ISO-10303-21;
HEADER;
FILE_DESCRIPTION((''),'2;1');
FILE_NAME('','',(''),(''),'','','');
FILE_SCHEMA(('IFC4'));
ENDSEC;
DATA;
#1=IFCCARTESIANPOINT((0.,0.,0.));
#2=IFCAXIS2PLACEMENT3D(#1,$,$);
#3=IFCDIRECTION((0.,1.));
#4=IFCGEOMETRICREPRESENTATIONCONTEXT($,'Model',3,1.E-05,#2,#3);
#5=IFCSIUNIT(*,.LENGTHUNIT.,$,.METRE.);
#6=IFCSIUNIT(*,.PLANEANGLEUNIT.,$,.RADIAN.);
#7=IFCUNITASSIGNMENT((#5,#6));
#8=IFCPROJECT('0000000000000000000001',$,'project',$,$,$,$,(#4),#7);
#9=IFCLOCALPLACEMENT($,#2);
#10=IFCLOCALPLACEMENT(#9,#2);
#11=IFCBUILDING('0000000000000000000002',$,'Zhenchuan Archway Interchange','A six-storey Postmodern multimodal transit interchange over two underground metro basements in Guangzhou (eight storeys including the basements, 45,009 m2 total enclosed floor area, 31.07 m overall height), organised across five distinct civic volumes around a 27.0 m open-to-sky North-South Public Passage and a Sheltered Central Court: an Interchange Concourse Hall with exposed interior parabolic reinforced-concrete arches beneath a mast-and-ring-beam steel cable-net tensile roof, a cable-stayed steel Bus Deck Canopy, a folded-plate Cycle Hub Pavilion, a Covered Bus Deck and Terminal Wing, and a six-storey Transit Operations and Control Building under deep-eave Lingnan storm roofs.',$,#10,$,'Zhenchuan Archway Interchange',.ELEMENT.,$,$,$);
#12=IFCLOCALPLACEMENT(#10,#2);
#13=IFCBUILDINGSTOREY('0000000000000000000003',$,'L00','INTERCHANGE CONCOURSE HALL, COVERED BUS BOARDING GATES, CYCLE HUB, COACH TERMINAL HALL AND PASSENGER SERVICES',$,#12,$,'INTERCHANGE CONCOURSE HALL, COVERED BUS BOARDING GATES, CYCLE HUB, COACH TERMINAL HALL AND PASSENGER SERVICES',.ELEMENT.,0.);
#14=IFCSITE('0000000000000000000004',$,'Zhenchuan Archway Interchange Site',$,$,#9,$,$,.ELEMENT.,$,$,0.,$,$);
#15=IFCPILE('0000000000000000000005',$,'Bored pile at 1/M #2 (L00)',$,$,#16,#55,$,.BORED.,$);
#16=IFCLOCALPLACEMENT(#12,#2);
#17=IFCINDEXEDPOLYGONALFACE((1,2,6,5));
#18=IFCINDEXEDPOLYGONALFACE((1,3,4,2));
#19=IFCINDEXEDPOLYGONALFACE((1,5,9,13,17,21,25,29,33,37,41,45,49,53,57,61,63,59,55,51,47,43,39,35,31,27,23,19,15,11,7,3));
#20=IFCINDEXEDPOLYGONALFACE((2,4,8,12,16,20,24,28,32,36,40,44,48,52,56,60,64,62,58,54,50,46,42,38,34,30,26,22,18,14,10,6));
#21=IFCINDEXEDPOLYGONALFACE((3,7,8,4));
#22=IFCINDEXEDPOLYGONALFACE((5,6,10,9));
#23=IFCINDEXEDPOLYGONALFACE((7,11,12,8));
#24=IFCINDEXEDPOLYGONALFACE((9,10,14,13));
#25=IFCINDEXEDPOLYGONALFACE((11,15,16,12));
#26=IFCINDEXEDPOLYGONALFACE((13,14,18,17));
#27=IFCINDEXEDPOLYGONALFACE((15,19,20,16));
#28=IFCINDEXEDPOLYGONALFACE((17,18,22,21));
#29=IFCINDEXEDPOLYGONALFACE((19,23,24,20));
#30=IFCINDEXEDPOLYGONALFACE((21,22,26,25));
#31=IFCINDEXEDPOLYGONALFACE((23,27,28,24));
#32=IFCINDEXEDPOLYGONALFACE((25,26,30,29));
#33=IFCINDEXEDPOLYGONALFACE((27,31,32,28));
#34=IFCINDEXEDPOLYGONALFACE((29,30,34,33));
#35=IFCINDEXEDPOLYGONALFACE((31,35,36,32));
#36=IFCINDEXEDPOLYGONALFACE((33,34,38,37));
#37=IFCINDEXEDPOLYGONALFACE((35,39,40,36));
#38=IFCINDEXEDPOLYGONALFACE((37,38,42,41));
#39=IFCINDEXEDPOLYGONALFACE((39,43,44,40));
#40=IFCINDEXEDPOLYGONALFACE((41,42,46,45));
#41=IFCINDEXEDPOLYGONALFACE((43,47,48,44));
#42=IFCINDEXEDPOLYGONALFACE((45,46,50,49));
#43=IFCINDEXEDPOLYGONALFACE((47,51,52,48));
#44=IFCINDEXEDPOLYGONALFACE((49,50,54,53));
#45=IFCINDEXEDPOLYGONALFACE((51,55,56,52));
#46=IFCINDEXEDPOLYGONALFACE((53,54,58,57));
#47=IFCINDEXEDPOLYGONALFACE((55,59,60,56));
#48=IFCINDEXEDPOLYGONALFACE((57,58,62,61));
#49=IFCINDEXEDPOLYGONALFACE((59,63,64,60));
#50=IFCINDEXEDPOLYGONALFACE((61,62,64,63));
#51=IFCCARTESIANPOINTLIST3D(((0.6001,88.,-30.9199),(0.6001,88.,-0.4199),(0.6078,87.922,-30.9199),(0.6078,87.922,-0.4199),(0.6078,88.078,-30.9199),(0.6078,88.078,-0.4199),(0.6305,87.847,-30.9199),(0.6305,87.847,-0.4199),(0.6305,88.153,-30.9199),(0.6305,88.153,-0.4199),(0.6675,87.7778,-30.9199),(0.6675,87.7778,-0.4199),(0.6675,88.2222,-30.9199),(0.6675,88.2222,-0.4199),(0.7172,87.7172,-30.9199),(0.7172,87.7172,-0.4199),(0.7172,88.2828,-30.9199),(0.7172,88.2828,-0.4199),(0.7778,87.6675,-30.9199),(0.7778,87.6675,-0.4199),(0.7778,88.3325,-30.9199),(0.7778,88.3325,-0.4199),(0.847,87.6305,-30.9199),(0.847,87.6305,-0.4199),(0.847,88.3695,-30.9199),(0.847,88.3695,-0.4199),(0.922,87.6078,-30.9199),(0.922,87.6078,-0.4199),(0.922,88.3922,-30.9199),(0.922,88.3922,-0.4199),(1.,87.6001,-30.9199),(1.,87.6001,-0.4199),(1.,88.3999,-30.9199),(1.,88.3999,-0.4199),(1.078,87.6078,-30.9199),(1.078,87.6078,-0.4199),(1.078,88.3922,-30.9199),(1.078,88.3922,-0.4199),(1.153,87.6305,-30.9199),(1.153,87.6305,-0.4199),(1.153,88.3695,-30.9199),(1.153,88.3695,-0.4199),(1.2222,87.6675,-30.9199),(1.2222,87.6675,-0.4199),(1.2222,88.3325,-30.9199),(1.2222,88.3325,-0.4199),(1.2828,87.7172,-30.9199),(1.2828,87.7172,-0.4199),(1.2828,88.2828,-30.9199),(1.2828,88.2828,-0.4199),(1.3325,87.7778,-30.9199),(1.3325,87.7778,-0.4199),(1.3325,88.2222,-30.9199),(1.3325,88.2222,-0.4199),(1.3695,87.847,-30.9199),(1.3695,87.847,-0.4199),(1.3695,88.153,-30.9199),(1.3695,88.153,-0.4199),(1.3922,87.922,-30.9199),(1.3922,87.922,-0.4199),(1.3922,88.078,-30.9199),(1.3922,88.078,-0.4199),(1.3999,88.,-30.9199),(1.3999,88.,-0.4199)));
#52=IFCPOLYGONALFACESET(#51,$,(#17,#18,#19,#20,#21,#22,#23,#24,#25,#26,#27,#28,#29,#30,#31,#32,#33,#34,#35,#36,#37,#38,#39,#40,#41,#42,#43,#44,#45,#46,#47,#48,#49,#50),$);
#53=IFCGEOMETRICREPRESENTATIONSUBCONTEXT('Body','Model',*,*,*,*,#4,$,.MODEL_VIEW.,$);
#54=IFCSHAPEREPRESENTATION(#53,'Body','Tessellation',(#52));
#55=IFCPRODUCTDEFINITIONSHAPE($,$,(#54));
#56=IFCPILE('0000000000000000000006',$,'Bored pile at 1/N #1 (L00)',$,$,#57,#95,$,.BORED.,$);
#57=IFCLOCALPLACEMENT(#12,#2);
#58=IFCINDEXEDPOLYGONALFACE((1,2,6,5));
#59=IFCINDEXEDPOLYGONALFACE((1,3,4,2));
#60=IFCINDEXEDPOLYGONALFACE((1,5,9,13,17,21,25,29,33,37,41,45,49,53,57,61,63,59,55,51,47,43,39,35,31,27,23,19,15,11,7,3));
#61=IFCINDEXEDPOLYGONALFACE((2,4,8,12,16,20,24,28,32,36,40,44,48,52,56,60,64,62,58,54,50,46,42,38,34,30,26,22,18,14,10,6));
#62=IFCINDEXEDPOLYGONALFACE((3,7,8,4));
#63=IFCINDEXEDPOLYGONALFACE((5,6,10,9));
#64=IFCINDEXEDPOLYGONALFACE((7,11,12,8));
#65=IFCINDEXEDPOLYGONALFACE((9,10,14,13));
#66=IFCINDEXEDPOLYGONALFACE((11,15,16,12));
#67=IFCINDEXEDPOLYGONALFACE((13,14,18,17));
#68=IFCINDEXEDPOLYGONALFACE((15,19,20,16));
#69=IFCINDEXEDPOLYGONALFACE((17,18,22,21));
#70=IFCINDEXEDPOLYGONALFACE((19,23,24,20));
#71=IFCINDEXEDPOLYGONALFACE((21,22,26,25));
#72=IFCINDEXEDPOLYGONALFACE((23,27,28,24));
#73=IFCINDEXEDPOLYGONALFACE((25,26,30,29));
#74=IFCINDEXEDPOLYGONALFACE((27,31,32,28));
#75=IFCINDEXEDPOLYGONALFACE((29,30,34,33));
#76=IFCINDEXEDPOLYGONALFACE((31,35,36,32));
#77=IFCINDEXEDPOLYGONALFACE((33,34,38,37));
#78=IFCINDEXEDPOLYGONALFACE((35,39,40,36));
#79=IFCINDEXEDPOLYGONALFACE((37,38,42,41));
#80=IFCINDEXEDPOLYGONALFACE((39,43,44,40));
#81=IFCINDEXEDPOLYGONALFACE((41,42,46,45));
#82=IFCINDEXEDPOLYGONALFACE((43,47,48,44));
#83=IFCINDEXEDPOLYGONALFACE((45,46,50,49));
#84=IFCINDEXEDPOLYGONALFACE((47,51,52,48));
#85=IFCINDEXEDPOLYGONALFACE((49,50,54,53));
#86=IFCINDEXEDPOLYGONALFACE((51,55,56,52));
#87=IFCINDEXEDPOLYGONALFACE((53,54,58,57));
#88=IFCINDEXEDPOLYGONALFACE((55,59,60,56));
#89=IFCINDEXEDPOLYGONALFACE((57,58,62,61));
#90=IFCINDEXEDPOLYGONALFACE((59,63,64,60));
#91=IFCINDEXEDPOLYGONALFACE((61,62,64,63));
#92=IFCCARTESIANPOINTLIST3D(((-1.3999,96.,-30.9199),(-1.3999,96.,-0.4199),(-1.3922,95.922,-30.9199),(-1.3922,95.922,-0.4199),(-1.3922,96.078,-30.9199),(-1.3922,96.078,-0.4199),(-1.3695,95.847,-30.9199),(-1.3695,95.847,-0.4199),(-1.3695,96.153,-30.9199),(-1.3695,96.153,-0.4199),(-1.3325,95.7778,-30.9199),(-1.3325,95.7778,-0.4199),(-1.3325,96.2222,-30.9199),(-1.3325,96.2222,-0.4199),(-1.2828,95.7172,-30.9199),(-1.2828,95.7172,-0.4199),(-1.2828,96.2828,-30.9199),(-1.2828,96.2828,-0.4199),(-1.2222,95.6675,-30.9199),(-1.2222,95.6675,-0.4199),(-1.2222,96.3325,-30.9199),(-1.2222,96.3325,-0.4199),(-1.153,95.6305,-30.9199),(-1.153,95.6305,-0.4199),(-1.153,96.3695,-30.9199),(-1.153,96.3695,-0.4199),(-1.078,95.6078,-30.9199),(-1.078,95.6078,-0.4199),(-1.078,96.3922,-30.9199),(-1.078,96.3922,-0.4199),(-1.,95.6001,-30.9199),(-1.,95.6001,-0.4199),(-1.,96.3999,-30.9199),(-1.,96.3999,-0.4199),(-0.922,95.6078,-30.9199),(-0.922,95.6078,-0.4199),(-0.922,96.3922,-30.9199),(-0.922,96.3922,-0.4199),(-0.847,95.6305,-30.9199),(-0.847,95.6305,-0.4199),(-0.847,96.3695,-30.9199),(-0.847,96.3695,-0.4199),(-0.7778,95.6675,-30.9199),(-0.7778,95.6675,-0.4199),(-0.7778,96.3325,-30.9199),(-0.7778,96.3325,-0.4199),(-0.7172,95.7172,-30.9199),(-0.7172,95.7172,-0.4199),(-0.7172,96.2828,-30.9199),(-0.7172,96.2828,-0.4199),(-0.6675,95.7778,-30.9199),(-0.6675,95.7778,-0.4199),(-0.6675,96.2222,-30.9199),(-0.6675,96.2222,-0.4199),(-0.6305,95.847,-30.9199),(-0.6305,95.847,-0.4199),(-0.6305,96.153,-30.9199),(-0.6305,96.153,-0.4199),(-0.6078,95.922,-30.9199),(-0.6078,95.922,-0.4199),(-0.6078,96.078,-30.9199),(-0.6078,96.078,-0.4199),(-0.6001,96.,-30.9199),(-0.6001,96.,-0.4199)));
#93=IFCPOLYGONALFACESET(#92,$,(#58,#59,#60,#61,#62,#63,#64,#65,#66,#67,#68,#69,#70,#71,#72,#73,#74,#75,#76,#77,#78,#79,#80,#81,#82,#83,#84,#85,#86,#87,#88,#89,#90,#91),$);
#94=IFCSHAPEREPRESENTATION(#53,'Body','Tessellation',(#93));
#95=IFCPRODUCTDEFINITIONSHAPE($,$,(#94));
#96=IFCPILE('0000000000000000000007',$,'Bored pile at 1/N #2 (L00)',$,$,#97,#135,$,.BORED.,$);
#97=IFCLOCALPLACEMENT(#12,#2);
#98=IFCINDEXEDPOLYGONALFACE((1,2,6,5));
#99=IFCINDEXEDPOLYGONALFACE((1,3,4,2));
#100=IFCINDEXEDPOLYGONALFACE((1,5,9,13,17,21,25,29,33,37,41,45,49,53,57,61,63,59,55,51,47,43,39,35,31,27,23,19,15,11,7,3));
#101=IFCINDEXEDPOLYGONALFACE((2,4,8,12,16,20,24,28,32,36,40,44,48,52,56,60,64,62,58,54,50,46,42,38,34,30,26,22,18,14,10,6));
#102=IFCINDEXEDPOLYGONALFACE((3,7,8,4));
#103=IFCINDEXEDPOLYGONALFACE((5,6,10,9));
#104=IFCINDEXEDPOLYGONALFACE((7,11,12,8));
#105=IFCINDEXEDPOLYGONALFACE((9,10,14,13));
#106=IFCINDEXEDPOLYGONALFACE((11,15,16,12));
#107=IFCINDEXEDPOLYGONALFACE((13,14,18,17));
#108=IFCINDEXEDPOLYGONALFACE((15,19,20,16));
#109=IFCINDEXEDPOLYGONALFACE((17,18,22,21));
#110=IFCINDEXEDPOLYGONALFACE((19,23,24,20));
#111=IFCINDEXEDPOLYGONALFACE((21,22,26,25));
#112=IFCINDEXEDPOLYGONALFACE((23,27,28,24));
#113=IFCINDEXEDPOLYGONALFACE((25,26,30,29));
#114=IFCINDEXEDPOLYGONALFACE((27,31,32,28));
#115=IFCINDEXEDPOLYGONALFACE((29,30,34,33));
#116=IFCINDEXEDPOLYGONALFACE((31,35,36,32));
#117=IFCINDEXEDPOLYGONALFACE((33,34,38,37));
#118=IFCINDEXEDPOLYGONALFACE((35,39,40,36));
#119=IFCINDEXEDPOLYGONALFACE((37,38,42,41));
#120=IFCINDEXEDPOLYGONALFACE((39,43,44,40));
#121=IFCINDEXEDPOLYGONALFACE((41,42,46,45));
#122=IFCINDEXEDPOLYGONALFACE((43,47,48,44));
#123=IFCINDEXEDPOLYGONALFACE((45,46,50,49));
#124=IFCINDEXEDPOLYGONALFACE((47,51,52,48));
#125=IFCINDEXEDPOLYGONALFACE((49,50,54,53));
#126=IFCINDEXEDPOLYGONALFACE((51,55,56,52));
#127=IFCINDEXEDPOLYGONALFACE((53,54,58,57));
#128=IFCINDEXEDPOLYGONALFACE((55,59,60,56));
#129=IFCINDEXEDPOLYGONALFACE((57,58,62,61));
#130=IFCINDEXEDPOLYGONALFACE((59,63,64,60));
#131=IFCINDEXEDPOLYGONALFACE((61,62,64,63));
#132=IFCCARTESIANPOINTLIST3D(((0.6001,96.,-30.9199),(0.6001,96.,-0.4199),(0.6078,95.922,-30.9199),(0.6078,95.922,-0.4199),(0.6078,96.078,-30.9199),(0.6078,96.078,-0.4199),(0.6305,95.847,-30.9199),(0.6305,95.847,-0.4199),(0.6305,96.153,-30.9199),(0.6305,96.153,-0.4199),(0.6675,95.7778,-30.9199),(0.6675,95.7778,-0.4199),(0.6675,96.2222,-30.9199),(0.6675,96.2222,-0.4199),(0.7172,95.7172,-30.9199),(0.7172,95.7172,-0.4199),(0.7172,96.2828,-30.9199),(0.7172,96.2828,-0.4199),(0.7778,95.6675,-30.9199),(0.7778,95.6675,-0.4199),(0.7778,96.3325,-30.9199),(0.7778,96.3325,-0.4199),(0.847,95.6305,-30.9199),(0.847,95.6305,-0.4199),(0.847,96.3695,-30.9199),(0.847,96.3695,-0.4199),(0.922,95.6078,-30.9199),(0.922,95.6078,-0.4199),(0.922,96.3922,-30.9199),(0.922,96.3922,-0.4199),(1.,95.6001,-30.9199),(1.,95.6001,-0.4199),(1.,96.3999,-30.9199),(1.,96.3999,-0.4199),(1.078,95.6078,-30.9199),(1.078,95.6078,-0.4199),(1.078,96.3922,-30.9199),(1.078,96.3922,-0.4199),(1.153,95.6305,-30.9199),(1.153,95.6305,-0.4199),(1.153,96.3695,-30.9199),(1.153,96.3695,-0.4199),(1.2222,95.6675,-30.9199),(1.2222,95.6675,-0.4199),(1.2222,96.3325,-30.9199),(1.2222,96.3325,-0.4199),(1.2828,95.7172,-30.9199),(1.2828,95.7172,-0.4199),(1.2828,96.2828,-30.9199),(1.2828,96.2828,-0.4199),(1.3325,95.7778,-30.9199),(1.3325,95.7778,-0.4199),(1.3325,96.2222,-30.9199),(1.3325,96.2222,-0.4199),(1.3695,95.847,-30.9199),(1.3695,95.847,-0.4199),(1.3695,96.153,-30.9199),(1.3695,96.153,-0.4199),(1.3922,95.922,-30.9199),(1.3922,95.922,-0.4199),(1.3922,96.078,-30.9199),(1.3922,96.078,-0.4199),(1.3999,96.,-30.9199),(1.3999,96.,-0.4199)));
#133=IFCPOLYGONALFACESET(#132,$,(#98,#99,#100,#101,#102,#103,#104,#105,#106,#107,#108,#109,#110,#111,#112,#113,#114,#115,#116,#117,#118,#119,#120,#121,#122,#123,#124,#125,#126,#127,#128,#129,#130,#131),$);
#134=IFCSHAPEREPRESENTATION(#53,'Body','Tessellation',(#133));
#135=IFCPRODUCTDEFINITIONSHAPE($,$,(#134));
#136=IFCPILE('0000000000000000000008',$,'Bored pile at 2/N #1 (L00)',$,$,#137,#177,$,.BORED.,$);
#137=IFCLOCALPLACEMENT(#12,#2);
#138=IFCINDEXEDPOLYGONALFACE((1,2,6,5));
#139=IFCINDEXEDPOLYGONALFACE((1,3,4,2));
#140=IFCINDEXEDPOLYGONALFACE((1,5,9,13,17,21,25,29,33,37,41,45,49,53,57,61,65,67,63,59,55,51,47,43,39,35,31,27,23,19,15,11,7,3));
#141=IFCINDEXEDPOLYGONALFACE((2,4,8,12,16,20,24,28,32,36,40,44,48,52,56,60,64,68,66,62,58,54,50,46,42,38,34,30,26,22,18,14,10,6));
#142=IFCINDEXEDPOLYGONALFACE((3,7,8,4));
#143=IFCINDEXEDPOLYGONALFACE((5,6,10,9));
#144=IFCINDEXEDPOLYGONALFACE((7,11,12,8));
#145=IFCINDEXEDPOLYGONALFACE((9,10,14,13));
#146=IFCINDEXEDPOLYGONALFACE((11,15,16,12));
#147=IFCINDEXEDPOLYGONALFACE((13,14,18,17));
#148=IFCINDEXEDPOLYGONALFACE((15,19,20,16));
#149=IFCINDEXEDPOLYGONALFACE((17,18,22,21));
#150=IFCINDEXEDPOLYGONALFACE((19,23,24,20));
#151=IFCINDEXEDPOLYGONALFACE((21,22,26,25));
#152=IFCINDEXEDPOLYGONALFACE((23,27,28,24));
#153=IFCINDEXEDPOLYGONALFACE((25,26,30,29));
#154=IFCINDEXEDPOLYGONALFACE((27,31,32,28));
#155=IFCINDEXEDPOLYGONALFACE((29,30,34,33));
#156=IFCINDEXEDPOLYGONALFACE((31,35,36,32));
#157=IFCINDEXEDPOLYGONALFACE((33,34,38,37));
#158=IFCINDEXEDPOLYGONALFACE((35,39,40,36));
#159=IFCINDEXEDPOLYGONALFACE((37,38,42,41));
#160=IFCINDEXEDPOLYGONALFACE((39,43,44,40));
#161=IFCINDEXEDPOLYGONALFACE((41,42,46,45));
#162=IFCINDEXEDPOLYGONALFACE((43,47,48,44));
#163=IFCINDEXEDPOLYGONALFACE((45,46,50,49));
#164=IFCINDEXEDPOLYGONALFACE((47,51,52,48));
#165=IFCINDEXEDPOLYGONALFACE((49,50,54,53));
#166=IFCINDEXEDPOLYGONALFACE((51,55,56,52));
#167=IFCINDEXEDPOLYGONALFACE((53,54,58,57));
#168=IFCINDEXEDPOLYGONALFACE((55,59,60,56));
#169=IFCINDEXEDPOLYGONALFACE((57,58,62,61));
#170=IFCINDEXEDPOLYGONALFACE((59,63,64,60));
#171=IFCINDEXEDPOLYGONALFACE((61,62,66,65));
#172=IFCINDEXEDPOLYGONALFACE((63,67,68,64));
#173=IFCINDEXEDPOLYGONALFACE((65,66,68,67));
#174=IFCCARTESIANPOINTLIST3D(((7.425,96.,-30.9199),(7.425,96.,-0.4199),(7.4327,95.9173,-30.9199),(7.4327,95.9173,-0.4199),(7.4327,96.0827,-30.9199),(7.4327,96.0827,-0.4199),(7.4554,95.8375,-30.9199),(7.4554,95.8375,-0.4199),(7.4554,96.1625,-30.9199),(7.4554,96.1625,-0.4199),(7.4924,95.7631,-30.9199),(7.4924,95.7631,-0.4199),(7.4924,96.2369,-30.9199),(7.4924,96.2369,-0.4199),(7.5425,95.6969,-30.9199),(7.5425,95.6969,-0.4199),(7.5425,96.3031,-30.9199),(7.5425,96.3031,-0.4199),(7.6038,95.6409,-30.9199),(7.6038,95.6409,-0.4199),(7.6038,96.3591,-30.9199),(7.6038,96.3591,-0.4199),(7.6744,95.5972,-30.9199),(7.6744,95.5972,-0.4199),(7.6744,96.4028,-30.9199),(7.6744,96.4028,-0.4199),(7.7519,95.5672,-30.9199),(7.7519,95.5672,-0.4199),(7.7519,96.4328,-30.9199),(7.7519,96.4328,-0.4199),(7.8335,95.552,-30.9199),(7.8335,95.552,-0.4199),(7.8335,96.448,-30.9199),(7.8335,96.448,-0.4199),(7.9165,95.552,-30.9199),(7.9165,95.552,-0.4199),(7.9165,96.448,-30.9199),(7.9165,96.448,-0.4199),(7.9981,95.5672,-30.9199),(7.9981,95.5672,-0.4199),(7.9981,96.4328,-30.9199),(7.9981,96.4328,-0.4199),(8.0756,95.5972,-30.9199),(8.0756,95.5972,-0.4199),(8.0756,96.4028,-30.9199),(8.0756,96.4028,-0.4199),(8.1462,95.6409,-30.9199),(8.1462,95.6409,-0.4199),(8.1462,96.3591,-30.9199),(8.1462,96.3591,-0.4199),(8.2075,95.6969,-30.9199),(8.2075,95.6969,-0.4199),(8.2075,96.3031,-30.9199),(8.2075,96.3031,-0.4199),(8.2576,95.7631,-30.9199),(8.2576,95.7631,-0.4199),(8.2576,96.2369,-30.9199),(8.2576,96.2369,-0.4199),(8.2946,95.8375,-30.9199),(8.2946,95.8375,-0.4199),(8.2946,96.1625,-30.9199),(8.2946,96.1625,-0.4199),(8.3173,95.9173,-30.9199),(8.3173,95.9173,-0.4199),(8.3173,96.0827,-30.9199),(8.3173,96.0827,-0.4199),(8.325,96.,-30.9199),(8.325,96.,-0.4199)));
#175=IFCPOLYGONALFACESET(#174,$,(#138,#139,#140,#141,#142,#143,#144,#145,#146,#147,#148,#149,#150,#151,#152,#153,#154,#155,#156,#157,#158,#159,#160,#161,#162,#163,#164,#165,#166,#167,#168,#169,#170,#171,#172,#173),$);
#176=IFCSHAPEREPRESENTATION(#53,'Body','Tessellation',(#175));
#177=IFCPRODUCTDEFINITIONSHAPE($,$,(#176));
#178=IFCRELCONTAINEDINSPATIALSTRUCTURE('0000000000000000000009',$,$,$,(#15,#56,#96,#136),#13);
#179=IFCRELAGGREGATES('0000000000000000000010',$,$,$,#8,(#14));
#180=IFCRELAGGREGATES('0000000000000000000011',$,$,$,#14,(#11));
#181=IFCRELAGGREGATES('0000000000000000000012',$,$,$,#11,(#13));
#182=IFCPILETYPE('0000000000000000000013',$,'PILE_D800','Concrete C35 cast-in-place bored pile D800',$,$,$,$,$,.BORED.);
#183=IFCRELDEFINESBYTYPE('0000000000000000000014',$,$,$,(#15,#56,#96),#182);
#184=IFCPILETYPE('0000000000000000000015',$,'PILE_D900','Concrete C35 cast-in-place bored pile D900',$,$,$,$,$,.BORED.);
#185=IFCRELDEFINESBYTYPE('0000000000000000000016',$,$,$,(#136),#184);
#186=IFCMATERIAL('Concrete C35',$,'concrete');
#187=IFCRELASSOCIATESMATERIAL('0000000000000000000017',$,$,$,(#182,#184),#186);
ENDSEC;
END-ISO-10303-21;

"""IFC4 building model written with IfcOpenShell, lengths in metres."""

from ifc_helpers import new_model, si_unit, direction, frame, origin, origin_2d, place, context, subcontext, project, spatial, circle, extrude, material, material_profile, profile_set, type_object, element, save


model = new_model("IFC4")

# Units and contexts
model_context = context("Model", 3, precision=1e-05, world=origin(), true_north=direction((0.0, 1.0)))
body_context = subcontext(model_context, "Body", "Model", "MODEL_VIEW")
ifc_project = project(units=[si_unit("LENGTHUNIT", "METRE"), si_unit("PLANEANGLEUNIT", "RADIAN")], contexts=[model_context])

# Site, building, storey
site_placement = place(None, origin())
site = spatial("IfcSite", under=ifc_project, at=site_placement, Name="Zhenchuan Archway Interchange Site", CompositionType="ELEMENT", RefElevation=0.0)
building_placement = place(site_placement, origin())
building = spatial("IfcBuilding", under=site, at=building_placement, Name="Zhenchuan Archway Interchange", Description="A six-storey Postmodern multimodal transit interchange over two underground metro basements in Guangzhou (eight storeys including the basements, 45,009 m2 total enclosed floor area, 31.07 m overall height), organised across five distinct civic volumes around a 27.0 m open-to-sky North-South Public Passage and a Sheltered Central Court: an Interchange Concourse Hall with exposed interior parabolic reinforced-concrete arches beneath a mast-and-ring-beam steel cable-net tensile roof, a cable-stayed steel Bus Deck Canopy, a folded-plate Cycle Hub Pavilion, a Covered Bus Deck and Terminal Wing, and a six-storey Transit Operations and Control Building under deep-eave Lingnan storm roofs.", LongName="Zhenchuan Archway Interchange", CompositionType="ELEMENT")
storey_placement = place(building_placement, origin())
storey = spatial("IfcBuildingStorey", under=building, at=storey_placement, Name="L00", Description="INTERCHANGE CONCOURSE HALL, COVERED BUS BOARDING GATES, CYCLE HUB, COACH TERMINAL HALL AND PASSENGER SERVICES", LongName="INTERCHANGE CONCOURSE HALL, COVERED BUS BOARDING GATES, CYCLE HUB, COACH TERMINAL HALL AND PASSENGER SERVICES", CompositionType="ELEMENT", Elevation=0.0)

# Piles
ifc_material_1 = material(Name="Concrete C35", Category="concrete")
ifc_material_profile_1 = material_profile(ifc_material_1, circle(Radius=0.3999, at=origin_2d()), Name="BORED PILE 800")
ifc_profile_set_1 = profile_set([ifc_material_profile_1], Name="Concrete C35")
pile_type_1 = type_object("IfcPileType", Name="PILE_D800", Description="Concrete C35 cast-in-place bored pile D800", PredefinedType="BORED", material=ifc_profile_set_1)
for number, where, z_axis, x_axis, name in (
    (1, (1.0, 88.0, -0.4199), (0.0, 0.0, -1.0), (1.0, 0.0, 0.0), "Bored pile at 1/M #2 (L00)"),
    (2, (-1.0, 96.0, -0.4199), (0.0, 0.0, -1.0), (1.0, 0.0, 0.0), "Bored pile at 1/N #1 (L00)"),
    (3, (1.0, 96.0, -0.4199), (0.0, 0.0, -1.0), (1.0, 0.0, 0.0), "Bored pile at 1/N #2 (L00)"),
):
    element("IfcPile", number, at=place(storey_placement, frame(where, z_axis=z_axis, x_axis=x_axis)), inside=storey, type_object=pile_type_1, Name=name, PredefinedType="BORED", context=body_context, shape_type="SweptSolid", body=[
        extrude(circle(Radius=0.3999, at=origin_2d()), origin(), (0.0, 0.0, 1.0), 30.5),
    ])
ifc_material_profile_2 = material_profile(ifc_material_1, circle(Radius=0.45, at=origin_2d()), Name="BORED PILE 900")
ifc_profile_set_2 = profile_set([ifc_material_profile_2], Name="Concrete C35")
pile_type_2 = type_object("IfcPileType", Name="PILE_D900", Description="Concrete C35 cast-in-place bored pile D900", PredefinedType="BORED", material=ifc_profile_set_2)
for number, where, z_axis, x_axis, name in (
    (4, (7.875, 96.0, -0.4199), (0.0, 0.0, -1.0), (1.0, 0.0, 0.0), "Bored pile at 2/N #1 (L00)"),
):
    element("IfcPile", number, at=place(storey_placement, frame(where, z_axis=z_axis, x_axis=x_axis)), inside=storey, type_object=pile_type_2, Name=name, PredefinedType="BORED", context=body_context, shape_type="SweptSolid", body=[
        extrude(circle(Radius=0.45, at=origin_2d()), origin(), (0.0, 0.0, 1.0), 30.5),
    ])

save(model, "model.ifc")
